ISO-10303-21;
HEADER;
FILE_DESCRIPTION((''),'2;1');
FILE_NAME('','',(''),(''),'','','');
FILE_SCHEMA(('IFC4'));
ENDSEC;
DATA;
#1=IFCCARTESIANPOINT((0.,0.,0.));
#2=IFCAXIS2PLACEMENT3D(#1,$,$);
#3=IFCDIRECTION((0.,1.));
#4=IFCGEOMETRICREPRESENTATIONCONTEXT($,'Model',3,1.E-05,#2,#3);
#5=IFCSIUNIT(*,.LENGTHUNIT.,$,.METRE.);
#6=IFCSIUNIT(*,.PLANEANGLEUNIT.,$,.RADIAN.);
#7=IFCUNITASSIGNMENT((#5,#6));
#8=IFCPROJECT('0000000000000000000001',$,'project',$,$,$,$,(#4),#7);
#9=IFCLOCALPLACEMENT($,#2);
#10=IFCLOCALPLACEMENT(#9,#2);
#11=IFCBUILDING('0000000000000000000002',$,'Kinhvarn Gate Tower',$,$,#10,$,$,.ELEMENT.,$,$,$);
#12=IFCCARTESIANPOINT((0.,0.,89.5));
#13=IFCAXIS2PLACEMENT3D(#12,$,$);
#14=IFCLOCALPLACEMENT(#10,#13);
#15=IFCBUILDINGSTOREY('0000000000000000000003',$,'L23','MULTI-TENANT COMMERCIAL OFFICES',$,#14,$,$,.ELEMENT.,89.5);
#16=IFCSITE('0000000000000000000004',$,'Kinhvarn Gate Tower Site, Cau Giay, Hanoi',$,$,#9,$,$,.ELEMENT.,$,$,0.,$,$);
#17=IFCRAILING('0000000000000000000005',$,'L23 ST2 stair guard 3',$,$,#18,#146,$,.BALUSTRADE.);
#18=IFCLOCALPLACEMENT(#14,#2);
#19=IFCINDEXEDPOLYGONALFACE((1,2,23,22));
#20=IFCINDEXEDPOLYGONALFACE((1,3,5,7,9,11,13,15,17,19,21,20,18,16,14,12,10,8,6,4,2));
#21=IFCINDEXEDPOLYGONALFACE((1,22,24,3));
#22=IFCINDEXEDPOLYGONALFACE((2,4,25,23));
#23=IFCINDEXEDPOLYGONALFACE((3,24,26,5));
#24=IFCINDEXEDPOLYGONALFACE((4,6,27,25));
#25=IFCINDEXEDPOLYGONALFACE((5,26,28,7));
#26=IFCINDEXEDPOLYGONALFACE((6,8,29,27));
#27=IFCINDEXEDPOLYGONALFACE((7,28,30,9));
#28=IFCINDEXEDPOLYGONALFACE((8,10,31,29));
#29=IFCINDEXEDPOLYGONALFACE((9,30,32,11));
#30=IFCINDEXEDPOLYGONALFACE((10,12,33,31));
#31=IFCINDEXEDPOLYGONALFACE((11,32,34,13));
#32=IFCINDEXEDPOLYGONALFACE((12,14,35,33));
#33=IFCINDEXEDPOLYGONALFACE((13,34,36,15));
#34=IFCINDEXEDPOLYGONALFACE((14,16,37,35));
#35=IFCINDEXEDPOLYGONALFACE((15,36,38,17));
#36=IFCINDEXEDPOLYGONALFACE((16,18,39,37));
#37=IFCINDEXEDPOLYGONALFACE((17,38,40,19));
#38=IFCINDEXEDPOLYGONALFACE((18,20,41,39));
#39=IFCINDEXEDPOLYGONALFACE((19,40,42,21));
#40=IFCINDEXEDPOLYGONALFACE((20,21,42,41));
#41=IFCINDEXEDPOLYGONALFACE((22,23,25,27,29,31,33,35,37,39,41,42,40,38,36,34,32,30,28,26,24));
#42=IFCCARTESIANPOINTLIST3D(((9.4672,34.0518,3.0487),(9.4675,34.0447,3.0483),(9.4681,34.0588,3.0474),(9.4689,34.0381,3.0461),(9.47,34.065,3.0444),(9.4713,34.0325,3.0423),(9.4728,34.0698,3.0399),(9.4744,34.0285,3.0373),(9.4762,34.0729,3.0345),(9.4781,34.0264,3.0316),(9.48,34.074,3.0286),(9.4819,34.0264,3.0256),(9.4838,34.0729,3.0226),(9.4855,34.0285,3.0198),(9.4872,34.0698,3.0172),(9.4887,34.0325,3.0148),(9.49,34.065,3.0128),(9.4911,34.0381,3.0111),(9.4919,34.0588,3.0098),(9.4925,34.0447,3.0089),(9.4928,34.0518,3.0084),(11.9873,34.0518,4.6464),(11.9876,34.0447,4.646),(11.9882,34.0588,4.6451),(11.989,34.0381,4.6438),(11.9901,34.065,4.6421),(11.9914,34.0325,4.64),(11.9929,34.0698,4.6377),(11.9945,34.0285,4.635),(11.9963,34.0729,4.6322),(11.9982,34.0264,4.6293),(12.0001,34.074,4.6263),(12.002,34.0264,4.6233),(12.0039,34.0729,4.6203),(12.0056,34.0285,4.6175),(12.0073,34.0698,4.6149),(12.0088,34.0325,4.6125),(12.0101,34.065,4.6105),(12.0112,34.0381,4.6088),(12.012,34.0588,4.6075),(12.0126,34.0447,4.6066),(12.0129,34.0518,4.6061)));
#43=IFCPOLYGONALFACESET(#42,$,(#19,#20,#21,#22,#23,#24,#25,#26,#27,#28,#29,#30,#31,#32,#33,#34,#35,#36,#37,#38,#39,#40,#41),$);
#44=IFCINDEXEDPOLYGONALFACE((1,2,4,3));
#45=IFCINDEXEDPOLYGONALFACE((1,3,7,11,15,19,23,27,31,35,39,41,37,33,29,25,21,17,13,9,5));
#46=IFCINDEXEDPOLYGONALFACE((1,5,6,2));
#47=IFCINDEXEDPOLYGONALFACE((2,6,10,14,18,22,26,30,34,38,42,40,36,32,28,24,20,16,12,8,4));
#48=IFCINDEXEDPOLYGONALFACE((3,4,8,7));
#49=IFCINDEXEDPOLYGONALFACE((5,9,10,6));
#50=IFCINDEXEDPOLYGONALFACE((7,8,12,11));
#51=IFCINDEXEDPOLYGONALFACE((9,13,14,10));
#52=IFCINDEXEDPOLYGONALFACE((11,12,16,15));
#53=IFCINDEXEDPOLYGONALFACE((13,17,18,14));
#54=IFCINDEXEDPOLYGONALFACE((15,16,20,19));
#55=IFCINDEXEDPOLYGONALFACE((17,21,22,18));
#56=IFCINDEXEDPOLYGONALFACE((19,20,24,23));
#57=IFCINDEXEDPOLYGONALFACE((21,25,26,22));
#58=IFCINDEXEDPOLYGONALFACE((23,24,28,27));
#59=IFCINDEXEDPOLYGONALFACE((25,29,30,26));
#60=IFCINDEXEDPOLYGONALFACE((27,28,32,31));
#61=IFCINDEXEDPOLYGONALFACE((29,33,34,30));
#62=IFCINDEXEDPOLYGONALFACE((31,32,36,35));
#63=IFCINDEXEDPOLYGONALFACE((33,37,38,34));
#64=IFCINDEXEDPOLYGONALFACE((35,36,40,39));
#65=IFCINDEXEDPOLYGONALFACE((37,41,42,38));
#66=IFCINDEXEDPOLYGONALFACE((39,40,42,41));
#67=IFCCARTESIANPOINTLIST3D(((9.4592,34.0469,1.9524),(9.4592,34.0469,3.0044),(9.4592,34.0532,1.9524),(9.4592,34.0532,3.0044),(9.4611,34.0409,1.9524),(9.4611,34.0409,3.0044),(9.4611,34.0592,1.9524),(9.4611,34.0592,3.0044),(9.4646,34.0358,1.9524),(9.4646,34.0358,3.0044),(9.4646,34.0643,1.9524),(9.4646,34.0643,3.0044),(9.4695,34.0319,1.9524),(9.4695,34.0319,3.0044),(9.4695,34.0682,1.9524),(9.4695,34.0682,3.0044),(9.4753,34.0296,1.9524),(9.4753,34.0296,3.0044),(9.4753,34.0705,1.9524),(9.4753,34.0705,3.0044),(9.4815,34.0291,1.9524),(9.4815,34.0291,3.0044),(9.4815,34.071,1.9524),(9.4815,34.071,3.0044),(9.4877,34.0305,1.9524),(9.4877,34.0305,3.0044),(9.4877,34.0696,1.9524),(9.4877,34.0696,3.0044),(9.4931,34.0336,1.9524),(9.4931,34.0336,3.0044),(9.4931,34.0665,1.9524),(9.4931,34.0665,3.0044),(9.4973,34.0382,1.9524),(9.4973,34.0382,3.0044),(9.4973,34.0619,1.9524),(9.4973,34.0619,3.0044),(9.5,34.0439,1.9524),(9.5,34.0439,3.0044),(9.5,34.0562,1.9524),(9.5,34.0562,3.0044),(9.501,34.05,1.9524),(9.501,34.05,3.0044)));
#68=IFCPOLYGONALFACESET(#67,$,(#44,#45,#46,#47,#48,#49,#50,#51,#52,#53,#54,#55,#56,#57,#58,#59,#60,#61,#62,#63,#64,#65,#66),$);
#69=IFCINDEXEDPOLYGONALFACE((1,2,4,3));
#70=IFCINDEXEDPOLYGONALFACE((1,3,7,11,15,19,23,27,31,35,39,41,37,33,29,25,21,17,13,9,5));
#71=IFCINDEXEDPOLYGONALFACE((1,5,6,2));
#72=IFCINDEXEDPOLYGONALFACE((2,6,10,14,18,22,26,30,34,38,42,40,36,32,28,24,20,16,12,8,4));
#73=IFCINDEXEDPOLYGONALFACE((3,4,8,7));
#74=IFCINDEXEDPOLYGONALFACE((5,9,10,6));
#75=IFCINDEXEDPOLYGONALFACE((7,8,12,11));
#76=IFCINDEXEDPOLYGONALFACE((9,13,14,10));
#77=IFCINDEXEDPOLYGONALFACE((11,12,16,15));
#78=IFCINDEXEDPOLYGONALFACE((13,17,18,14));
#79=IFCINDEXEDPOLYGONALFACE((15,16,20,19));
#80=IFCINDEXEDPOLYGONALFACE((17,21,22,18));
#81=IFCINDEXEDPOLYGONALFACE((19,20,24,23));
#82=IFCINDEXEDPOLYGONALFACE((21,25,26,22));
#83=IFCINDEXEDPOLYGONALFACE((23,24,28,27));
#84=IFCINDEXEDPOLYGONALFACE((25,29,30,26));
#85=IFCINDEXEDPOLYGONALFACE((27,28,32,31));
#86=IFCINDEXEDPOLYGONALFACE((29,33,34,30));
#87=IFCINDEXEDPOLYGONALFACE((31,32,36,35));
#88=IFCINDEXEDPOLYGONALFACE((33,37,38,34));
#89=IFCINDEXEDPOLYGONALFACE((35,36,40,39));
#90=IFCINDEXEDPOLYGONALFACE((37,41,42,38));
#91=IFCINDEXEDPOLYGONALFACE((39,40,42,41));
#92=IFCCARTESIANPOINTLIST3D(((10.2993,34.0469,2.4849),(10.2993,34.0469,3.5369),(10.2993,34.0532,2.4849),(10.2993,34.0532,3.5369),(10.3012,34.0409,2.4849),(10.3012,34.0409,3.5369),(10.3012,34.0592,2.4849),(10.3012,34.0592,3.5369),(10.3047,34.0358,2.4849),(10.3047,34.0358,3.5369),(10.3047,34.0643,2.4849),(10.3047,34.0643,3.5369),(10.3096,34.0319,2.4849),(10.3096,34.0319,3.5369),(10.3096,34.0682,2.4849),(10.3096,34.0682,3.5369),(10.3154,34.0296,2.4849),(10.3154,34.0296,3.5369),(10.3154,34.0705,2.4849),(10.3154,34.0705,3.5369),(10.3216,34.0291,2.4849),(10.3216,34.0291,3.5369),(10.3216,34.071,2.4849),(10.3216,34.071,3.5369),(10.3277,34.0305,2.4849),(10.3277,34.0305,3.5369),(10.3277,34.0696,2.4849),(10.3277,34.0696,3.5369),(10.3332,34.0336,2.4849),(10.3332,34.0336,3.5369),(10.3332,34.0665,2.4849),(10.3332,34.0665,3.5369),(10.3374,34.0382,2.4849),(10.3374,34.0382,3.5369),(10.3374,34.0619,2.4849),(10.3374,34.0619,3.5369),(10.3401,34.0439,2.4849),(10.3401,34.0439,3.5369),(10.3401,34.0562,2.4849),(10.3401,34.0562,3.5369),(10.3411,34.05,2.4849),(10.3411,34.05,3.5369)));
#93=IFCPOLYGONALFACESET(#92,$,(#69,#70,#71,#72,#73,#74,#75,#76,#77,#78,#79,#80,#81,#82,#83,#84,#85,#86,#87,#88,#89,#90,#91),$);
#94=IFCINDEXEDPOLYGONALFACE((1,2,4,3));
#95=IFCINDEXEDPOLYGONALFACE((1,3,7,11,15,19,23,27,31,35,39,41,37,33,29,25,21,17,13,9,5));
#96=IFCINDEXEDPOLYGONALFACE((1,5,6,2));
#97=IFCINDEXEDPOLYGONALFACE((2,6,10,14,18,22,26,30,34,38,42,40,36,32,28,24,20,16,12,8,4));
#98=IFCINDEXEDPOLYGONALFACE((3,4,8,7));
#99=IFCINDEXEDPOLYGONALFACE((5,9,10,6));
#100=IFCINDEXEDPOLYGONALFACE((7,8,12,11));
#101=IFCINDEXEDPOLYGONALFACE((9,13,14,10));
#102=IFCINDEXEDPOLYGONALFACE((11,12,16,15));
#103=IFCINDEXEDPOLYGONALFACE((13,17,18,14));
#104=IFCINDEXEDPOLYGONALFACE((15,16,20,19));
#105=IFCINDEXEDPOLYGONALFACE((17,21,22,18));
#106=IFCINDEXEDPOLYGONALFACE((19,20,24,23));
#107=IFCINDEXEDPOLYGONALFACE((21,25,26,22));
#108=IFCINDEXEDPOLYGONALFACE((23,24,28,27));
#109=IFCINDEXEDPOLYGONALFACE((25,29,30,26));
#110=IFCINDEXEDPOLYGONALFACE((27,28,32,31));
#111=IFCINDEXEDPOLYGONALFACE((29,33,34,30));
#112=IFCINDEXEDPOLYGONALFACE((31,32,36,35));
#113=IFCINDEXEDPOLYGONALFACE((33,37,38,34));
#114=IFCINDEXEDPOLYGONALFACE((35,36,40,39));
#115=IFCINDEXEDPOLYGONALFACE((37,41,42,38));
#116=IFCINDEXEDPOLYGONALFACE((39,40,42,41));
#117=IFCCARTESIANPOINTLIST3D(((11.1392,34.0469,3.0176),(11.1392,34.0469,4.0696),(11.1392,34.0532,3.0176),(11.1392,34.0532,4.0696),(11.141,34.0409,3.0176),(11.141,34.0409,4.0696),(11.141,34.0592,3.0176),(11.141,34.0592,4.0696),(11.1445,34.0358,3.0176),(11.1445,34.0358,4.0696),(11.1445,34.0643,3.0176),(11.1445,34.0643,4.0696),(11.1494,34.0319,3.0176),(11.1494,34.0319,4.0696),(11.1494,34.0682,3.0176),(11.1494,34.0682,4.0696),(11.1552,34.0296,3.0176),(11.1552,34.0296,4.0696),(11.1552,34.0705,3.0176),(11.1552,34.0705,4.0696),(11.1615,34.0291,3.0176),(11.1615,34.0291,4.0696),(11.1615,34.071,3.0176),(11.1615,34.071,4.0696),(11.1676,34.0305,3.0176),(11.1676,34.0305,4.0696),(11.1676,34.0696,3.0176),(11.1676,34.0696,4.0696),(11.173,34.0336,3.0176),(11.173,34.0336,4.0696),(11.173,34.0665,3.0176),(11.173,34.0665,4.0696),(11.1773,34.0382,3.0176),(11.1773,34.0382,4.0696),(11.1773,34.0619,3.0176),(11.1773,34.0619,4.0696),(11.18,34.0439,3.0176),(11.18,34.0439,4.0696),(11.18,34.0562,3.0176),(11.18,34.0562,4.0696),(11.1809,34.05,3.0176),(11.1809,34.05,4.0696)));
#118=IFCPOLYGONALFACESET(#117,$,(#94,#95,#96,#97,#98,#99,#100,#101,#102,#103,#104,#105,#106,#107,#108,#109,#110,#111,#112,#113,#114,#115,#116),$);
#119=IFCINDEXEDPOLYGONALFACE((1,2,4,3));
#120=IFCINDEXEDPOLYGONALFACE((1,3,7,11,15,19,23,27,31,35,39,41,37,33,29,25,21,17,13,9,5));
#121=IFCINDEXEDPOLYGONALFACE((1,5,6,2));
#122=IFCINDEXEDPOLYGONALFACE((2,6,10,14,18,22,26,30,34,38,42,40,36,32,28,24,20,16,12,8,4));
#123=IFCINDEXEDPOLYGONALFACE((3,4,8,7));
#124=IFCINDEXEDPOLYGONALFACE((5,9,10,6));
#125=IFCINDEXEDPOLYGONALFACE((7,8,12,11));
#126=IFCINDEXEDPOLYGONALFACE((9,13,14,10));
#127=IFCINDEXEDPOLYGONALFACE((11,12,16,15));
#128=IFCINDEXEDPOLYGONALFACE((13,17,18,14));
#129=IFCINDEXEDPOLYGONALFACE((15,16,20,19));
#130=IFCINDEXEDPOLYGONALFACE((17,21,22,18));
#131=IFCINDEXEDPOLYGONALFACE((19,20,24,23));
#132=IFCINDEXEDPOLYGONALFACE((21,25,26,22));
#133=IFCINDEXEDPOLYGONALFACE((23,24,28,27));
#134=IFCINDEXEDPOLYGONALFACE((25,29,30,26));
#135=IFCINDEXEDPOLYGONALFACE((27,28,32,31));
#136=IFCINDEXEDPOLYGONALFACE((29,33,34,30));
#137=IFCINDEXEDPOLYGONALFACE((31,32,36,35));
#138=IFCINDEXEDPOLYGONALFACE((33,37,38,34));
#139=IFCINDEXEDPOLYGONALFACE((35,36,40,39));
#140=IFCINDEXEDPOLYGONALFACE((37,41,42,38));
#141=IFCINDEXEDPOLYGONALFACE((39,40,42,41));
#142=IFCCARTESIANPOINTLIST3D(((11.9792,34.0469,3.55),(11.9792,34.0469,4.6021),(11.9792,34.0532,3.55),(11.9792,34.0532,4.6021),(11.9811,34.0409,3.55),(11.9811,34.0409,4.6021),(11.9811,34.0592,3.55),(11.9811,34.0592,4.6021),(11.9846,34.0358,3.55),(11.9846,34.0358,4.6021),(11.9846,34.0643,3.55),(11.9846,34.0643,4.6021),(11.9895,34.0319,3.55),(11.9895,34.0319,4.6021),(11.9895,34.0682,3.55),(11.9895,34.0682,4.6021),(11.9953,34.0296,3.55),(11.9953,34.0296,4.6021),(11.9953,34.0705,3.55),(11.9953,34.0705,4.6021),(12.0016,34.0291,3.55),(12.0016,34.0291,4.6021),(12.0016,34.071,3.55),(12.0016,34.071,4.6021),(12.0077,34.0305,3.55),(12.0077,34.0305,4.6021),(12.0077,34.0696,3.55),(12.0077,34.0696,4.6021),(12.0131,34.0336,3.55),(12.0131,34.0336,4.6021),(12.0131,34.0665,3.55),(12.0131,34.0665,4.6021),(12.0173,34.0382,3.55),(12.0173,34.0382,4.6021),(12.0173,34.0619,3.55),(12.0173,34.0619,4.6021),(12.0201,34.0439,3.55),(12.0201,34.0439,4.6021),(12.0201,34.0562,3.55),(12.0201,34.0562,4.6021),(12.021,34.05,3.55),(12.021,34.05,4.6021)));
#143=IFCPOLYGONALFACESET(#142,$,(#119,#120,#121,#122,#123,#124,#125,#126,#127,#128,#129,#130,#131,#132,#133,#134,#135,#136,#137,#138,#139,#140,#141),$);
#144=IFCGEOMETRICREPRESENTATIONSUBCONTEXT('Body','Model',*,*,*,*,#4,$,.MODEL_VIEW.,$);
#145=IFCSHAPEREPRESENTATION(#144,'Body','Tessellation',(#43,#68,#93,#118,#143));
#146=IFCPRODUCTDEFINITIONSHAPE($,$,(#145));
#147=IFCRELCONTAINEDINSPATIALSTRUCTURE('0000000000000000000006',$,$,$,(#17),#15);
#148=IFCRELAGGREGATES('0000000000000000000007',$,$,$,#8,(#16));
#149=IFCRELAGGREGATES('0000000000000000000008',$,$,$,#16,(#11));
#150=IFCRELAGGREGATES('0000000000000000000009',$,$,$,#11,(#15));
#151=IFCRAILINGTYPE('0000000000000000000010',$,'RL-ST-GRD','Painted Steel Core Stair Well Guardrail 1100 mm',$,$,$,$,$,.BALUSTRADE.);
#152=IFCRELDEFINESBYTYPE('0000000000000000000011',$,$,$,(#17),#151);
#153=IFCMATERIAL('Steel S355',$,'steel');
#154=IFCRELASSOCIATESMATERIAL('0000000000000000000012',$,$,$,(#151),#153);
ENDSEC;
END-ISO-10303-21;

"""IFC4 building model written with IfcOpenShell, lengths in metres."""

from ifc_helpers import new_model, si_unit, direction, frame, origin, origin_2d, place, context, subcontext, project, spatial, circle, extrude, material, type_object, element, save


model = new_model("IFC4")

# Units and contexts
model_context = context("Model", 3, precision=1e-05, world=origin(), true_north=direction((0.0, 1.0)))
body_context = subcontext(model_context, "Body", "Model", "MODEL_VIEW")
ifc_project = project(units=[si_unit("LENGTHUNIT", "METRE"), si_unit("PLANEANGLEUNIT", "RADIAN")], contexts=[model_context])

# Site, building, storey
site_placement = place(None, origin())
site = spatial("IfcSite", under=ifc_project, at=site_placement, Name="Kinhvarn Gate Tower Site, Cau Giay, Hanoi", CompositionType="ELEMENT", RefElevation=0.0)
building_placement = place(site_placement, origin())
building = spatial("IfcBuilding", under=site, at=building_placement, Name="Kinhvarn Gate Tower", CompositionType="ELEMENT")
storey_placement = place(building_placement, frame((0.0, 0.0, 89.5)))
storey = spatial("IfcBuildingStorey", under=building, at=storey_placement, Name="L23", Description="MULTI-TENANT COMMERCIAL OFFICES", CompositionType="ELEMENT", Elevation=89.5)

# Shared definitions
ifc_material_1 = material(Name="Steel S355", Category="steel")

# Railing
railing_type_1 = type_object("IfcRailingType", Name="RL-ST-GRD", Description="Painted Steel Core Stair Well Guardrail 1100 mm", PredefinedType="BALUSTRADE", material=ifc_material_1)
railing_1_placement = place(storey_placement, frame((9.48, 34.05, 1.9524)))
element("IfcRailing", 1, at=railing_1_placement, inside=storey, type_object=railing_type_1, Name="L23 ST2 stair guard 3", PredefinedType="BALUSTRADE", context=body_context, shape_type="SweptSolid", body=[
    extrude(circle(Radius=0.0239, at=origin_2d()), frame((0.0, 0.0, 1.0762), z_axis=(0.84457, 0.0, 0.535445), x_axis=(0.0, 1.0, 0.0)), (0.0, 0.0, 1.0), 2.9839),
    extrude(circle(Radius=0.021, at=origin_2d()), origin(), (0.0, 0.0, 1.0), 1.052),
    extrude(circle(Radius=0.021, at=origin_2d()), frame((0.8401, 0.0, 0.5325)), (0.0, 0.0, 1.0), 1.052),
    extrude(circle(Radius=0.021, at=origin_2d()), frame((1.6799, 0.0, 1.0652)), (0.0, 0.0, 1.0), 1.052),
    extrude(circle(Radius=0.021, at=origin_2d()), frame((2.52, 0.0, 1.5977)), (0.0, 0.0, 1.0), 1.052),
])

save(model, "model.ifc")
